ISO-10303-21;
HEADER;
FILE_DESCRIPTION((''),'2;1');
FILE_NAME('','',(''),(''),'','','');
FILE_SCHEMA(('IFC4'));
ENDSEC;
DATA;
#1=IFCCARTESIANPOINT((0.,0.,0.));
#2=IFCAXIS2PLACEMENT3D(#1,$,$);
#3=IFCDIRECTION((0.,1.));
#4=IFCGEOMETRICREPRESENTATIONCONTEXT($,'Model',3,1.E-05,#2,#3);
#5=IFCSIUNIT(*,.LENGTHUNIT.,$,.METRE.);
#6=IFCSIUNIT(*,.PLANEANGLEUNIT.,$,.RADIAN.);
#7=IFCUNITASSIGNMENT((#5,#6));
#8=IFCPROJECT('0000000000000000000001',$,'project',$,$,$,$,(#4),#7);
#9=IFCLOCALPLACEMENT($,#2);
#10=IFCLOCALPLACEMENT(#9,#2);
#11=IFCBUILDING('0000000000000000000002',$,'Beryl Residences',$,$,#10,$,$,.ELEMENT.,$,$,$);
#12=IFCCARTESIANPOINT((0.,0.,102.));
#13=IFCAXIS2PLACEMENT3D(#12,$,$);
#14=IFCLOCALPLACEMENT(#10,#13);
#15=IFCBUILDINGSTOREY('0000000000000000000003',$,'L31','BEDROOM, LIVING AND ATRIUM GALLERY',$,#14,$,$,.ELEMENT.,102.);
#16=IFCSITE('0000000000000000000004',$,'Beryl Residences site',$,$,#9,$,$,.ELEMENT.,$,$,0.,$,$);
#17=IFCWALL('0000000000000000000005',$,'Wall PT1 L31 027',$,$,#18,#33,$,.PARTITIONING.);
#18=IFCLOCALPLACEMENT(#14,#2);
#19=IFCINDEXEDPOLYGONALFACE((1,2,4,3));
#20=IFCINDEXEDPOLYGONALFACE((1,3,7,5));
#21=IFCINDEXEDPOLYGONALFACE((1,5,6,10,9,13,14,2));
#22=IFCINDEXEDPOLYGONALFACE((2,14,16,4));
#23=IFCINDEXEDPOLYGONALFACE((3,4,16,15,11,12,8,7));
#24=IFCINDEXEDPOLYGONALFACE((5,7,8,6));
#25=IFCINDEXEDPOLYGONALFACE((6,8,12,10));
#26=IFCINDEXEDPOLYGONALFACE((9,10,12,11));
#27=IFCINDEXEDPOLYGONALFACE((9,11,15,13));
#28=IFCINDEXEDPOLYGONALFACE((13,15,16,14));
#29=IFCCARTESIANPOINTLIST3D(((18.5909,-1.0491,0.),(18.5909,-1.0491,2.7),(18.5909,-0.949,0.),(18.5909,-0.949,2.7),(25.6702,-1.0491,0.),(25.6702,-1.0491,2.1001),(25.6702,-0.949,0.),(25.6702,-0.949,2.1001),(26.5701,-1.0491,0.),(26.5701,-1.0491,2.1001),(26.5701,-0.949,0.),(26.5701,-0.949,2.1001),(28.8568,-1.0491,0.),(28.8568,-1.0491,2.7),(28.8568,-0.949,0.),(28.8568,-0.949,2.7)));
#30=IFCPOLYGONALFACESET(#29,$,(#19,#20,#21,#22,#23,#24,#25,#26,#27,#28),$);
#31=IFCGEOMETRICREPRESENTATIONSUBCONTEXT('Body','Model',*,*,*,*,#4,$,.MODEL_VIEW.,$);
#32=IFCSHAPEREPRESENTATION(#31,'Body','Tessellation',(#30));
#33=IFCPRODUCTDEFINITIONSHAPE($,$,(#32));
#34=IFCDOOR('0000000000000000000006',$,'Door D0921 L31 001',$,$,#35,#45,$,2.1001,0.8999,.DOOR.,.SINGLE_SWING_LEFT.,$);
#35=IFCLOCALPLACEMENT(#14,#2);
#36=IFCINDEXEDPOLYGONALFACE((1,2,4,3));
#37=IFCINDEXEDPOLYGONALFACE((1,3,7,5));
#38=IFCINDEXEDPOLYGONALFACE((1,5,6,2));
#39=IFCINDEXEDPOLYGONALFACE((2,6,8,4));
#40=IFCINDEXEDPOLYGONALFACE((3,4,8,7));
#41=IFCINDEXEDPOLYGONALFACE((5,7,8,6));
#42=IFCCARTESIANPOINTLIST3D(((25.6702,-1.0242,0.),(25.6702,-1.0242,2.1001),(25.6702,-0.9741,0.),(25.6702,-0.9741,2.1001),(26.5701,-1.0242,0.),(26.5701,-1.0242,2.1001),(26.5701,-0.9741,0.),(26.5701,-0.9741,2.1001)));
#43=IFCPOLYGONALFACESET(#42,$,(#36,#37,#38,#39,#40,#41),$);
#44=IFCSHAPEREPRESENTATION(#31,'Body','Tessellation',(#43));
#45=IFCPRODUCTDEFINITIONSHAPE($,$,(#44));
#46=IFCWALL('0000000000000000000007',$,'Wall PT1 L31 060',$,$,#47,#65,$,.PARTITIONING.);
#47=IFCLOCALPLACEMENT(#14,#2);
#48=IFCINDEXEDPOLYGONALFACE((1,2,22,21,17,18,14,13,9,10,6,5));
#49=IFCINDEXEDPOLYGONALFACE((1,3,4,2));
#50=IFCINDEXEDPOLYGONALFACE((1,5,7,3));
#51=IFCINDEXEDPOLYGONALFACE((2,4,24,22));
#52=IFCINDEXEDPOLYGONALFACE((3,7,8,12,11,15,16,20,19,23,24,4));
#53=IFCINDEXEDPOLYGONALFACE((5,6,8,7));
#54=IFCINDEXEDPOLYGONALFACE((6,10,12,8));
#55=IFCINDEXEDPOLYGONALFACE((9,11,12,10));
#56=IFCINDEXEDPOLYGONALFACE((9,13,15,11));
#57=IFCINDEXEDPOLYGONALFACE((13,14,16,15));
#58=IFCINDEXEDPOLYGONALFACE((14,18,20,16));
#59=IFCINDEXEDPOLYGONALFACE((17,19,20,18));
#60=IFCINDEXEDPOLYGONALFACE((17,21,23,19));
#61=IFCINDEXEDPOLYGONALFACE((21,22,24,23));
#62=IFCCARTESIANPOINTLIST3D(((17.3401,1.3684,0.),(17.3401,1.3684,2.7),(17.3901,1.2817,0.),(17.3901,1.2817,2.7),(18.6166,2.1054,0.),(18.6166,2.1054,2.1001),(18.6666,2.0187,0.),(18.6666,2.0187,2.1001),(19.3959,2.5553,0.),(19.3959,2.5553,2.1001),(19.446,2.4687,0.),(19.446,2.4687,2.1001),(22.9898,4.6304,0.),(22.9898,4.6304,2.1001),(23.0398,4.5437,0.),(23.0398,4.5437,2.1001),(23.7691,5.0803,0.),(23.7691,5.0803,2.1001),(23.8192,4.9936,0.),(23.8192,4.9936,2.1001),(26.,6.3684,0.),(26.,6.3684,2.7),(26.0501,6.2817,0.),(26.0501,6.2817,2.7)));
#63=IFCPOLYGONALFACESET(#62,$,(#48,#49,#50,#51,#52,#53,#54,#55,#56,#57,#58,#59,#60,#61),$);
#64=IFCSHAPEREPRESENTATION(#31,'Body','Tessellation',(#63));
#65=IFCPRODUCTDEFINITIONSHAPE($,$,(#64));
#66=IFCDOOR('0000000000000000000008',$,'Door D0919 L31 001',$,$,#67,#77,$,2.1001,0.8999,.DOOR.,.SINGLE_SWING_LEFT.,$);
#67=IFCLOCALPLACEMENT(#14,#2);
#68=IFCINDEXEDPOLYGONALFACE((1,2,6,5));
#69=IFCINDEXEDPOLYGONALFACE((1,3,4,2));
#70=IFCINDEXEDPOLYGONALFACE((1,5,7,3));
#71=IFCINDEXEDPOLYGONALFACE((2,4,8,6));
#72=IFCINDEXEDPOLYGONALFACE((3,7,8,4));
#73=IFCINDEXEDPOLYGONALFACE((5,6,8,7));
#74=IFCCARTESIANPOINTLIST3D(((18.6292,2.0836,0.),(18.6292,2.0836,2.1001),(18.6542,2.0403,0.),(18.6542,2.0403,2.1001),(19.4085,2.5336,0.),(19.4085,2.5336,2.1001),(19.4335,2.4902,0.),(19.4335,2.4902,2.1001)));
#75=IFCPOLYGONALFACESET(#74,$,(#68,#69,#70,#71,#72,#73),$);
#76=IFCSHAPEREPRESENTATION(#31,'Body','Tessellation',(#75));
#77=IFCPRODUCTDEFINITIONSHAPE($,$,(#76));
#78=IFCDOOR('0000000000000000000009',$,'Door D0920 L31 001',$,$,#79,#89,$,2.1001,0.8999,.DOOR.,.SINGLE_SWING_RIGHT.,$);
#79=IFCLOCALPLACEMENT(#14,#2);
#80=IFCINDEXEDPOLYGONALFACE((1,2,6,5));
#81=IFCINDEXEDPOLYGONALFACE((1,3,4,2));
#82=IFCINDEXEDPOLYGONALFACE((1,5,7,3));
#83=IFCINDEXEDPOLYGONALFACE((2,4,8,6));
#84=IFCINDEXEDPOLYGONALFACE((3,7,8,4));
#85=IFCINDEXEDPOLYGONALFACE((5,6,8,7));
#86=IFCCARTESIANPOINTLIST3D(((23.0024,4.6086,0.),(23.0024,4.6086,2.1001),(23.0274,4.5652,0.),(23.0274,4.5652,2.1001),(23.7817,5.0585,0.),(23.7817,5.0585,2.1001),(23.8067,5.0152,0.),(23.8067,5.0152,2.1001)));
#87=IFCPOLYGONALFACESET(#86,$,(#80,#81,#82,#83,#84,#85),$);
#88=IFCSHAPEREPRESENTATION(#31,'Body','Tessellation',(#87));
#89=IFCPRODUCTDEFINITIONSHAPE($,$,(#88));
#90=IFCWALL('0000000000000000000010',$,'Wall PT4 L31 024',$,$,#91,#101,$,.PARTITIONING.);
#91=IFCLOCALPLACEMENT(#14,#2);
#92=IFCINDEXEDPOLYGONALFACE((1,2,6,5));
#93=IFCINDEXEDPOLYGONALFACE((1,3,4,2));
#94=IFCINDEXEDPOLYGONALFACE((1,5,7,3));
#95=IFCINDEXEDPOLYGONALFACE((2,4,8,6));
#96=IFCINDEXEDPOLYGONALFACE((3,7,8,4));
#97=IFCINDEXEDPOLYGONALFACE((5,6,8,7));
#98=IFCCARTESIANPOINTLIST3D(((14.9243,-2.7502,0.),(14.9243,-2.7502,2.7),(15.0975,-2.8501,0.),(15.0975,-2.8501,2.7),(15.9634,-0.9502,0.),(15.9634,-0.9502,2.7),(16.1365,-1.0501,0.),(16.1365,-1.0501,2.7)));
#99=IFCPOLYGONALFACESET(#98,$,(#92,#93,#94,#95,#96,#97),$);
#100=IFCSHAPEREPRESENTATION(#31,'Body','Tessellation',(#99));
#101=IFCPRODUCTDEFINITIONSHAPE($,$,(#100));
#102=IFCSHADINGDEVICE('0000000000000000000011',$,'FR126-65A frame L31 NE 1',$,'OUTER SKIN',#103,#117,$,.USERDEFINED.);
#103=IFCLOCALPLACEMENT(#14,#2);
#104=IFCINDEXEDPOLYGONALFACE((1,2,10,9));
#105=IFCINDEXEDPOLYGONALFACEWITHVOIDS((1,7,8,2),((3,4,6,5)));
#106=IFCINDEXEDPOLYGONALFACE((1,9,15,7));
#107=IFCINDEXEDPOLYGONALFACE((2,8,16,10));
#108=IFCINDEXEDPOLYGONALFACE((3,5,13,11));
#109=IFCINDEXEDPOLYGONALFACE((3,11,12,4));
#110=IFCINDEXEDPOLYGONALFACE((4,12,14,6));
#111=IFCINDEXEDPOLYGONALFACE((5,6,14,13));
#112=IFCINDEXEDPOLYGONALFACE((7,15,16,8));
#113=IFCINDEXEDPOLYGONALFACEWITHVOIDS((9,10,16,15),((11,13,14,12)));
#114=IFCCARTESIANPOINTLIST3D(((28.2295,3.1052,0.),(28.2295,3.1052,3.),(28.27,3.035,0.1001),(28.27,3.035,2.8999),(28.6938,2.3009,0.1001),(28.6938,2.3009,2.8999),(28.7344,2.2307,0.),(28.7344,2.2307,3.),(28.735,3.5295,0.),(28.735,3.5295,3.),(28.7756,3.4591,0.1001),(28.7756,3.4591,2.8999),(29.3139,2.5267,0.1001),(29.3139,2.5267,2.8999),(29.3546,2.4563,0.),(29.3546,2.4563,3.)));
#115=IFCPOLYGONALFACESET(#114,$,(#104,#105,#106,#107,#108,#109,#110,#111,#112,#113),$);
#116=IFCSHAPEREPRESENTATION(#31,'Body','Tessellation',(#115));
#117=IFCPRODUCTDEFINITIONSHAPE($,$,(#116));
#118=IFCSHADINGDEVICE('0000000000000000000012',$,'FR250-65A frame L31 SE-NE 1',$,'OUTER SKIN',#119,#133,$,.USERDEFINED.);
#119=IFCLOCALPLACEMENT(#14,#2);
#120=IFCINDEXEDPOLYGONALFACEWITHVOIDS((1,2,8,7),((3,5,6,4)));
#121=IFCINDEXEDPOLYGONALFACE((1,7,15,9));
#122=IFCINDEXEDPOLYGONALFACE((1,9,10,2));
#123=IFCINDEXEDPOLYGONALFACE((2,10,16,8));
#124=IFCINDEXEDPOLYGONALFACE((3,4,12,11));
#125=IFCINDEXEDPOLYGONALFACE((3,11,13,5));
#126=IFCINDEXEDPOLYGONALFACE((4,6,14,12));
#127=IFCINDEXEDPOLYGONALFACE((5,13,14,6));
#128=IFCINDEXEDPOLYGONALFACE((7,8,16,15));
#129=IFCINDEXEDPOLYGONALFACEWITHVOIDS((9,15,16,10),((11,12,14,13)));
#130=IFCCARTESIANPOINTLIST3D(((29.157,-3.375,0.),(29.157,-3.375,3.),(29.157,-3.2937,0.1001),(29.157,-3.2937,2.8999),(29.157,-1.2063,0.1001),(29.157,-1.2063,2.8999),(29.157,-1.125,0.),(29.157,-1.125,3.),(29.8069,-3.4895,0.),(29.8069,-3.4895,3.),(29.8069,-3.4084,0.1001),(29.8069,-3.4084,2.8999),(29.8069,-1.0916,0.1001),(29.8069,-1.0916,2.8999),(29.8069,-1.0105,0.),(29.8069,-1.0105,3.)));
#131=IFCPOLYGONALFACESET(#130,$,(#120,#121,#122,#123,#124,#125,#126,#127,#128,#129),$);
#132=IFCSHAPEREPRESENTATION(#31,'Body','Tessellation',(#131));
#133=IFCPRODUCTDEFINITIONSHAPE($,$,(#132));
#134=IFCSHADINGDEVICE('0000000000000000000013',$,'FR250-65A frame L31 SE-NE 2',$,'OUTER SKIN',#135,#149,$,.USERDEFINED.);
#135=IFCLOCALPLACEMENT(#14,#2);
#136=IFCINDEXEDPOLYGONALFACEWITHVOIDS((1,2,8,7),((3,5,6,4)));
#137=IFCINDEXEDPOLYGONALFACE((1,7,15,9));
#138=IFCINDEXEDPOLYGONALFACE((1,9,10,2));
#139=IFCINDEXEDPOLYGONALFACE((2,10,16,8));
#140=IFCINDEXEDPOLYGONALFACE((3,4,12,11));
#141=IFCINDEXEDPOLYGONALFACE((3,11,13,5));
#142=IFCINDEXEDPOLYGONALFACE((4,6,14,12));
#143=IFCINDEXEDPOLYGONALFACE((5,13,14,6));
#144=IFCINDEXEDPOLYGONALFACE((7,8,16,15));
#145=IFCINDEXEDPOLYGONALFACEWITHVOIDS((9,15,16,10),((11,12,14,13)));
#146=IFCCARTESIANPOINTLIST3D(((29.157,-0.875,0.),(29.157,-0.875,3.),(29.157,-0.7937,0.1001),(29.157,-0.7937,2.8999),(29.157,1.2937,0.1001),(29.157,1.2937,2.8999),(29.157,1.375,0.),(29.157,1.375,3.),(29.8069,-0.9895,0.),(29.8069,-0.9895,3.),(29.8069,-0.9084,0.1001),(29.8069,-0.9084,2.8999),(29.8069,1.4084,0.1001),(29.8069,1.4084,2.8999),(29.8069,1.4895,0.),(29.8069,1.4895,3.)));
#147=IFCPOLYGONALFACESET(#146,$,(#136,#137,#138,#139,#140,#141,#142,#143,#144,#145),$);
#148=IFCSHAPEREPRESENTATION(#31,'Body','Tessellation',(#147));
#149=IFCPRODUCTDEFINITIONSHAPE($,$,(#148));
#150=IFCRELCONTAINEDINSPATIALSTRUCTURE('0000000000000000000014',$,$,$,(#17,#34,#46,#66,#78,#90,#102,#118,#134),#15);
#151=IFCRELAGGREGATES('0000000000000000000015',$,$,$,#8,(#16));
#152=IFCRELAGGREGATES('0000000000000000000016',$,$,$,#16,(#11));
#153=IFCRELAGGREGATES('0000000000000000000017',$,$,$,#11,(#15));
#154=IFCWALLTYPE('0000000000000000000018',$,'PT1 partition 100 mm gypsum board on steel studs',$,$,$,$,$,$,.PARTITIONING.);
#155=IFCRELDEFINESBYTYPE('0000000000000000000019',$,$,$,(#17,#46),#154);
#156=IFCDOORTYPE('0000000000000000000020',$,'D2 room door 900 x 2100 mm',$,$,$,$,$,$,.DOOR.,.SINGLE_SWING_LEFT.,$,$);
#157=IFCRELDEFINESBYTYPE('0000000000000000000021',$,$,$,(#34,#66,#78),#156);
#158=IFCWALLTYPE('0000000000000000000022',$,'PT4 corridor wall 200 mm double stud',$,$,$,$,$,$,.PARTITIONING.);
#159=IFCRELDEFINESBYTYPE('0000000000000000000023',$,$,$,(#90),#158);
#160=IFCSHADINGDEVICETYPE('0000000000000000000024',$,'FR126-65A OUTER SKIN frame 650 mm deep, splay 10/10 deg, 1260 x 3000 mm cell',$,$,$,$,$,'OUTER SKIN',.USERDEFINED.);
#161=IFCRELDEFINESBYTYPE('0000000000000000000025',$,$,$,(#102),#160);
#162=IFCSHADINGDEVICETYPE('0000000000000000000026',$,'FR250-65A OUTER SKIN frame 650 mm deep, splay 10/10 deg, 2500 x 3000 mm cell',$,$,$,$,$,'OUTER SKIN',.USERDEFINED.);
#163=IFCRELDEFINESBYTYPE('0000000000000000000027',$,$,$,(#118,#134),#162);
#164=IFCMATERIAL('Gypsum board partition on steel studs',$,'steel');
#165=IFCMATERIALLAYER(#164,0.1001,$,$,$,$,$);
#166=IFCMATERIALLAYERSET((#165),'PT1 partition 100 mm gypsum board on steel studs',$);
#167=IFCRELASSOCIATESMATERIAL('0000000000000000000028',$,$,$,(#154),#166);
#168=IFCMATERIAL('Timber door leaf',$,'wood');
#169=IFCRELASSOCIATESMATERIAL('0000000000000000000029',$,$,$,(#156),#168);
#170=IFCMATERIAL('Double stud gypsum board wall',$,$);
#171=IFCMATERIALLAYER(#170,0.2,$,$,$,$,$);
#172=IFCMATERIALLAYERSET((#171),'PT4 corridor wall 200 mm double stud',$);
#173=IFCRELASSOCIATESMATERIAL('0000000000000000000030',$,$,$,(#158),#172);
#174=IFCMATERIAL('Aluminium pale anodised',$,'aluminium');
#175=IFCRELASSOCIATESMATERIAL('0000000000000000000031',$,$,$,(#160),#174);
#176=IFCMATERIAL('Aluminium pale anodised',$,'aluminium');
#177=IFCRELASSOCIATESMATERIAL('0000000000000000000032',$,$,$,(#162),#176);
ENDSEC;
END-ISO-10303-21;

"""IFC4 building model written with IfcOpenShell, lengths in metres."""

from ifc_helpers import new_model, entity, si_unit, direction, frame, frame_2d, origin, place, context, subcontext, project, spatial, rectangle, extrude, source, transform, mapped, material, layer, layer_set, type_object, type_shapes, element, fill, save


model = new_model("IFC4")

# Units and contexts
model_context = context("Model", 3, precision=1e-05, world=origin(), true_north=direction((0.0, 1.0)))
body_context = subcontext(model_context, "Body", "Model", "MODEL_VIEW")
ifc_project = project(units=[si_unit("LENGTHUNIT", "METRE"), si_unit("PLANEANGLEUNIT", "RADIAN")], contexts=[model_context])

# Site, building, storey
site_placement = place(None, origin())
site = spatial("IfcSite", under=ifc_project, at=site_placement, Name="Beryl Residences site", CompositionType="ELEMENT", RefElevation=0.0)
building_placement = place(site_placement, origin())
building = spatial("IfcBuilding", under=site, at=building_placement, Name="Beryl Residences", CompositionType="ELEMENT")
storey_placement = place(building_placement, frame((0.0, 0.0, 102.0)))
storey = spatial("IfcBuildingStorey", under=building, at=storey_placement, Name="L31", Description="BEDROOM, LIVING AND ATRIUM GALLERY", CompositionType="ELEMENT", Elevation=102.0)

# Wall, opening, door
ifc_material_1 = material(Name="Gypsum board partition on steel studs", Category="steel")
ifc_layer_1 = layer(ifc_material_1, 0.1001)
ifc_layer_set_1 = layer_set([ifc_layer_1], Name="PT1 partition 100 mm gypsum board on steel studs")
wall_type_1 = type_object("IfcWallType", Name="PT1 partition 100 mm gypsum board on steel studs", PredefinedType="PARTITIONING", material=ifc_layer_set_1)
wall_1_placement = place(storey_placement, frame((18.5911, -0.999, 0.0), z_axis=(0.0, 0.0, 1.0), x_axis=(1.0, 0.0, 0.0)))
wall_1 = element("IfcWall", 1, at=wall_1_placement, inside=storey, type_object=wall_type_1, Name="Wall PT1 L31 027", PredefinedType="PARTITIONING", context=body_context, shape_type="SweptSolid", body=[
    extrude(rectangle(XDim=10.2659, YDim=0.1001, at=frame_2d((5.1328, 0.0))), origin(), (0.0, 0.0, 1.0), 2.7),
])
opening_1_placement = place(wall_1_placement, frame((7.0791, 0.0, 0.0)))
opening_1 = element("IfcOpeningElement", 2, at=opening_1_placement, cuts=wall_1, PredefinedType="OPENING", context=body_context, shape_type="SweptSolid", body=[
    extrude(rectangle(XDim=0.8999, YDim=2.1001, at=frame_2d((0.45, 1.05))), frame((0.0, 0.0601, 0.0), z_axis=(0.0, -1.0, 0.0), x_axis=(1.0, 0.0, 0.0)), (0.0, 0.0, 1.0), 0.1201),
])
ifc_material_2 = material(Name="Timber door leaf", Category="wood")
door_type = type_object("IfcDoorType", Name="D2 room door 900 x 2100 mm", OperationType="SINGLE_SWING_LEFT", PredefinedType="DOOR", material=ifc_material_2)
door_1_placement = place(opening_1_placement, origin())
door_1 = element("IfcDoor", 3, at=door_1_placement, inside=storey, type_object=door_type, Name="Door D0921 L31 001", OperationType="SINGLE_SWING_LEFT", OverallHeight=2.1001, OverallWidth=0.8999, PredefinedType="DOOR", context=body_context, shape_type="SweptSolid", body=[
    extrude(rectangle(XDim=0.8999, YDim=2.1001, at=frame_2d((0.45, 1.05))), frame((0.0, 0.0249, 0.0), z_axis=(0.0, -1.0, 0.0), x_axis=(1.0, 0.0, 0.0)), (0.0, 0.0, 1.0), 0.05),
])
fill(opening_1, door_1)

# Wall, openings, doors
wall_2_placement = place(storey_placement, frame((17.365, 1.325, 0.0), z_axis=(0.0, 0.0, 1.0), x_axis=(0.866017, 0.500015, 0.0)))
wall_2 = element("IfcWall", 4, at=wall_2_placement, inside=storey, type_object=wall_type_1, Name="Wall PT1 L31 060", PredefinedType="PARTITIONING", context=body_context, shape_type="SweptSolid", body=[
    extrude(rectangle(XDim=9.9998, YDim=0.1001, at=frame_2d((5.0, 0.0))), origin(), (0.0, 0.0, 1.0), 2.7),
])
opening_2_placement = place(wall_2_placement, frame((1.4741, 0.0, 0.0)))
opening_2 = element("IfcOpeningElement", 5, at=opening_2_placement, cuts=wall_2, PredefinedType="OPENING", context=body_context, shape_type="SweptSolid", body=[
    extrude(rectangle(XDim=0.8999, YDim=2.1001, at=frame_2d((0.45, 1.05))), frame((0.0, 0.0601, 0.0), z_axis=(0.0, -1.0, 0.0), x_axis=(1.0, 0.0, 0.0)), (0.0, 0.0, 1.0), 0.1201),
])
opening_3_placement = place(wall_2_placement, frame((6.5239, 0.0, 0.0)))
opening_3 = element("IfcOpeningElement", 6, at=opening_3_placement, cuts=wall_2, PredefinedType="OPENING", context=body_context, shape_type="SweptSolid", body=[
    extrude(rectangle(XDim=0.8999, YDim=2.1001, at=frame_2d((0.45, 1.05))), frame((0.0, 0.0601, 0.0), z_axis=(0.0, -1.0, 0.0), x_axis=(1.0, 0.0, 0.0)), (0.0, 0.0, 1.0), 0.1201),
])
door_2_placement = place(opening_2_placement, origin())
door_2 = element("IfcDoor", 7, at=door_2_placement, inside=storey, type_object=door_type, Name="Door D0919 L31 001", OperationType="SINGLE_SWING_LEFT", OverallHeight=2.1001, OverallWidth=0.8999, PredefinedType="DOOR", context=body_context, shape_type="SweptSolid", body=[
    extrude(rectangle(XDim=0.8999, YDim=2.1001, at=frame_2d((0.45, 1.05))), frame((0.0, 0.0249, 0.0), z_axis=(0.0, -1.0, 0.0), x_axis=(1.0, 0.0, 0.0)), (0.0, 0.0, 1.0), 0.05),
])
fill(opening_2, door_2)
door_3_placement = place(opening_3_placement, origin())
door_3 = element("IfcDoor", 8, at=door_3_placement, inside=storey, type_object=door_type, Name="Door D0920 L31 001", OperationType="SINGLE_SWING_RIGHT", OverallHeight=2.1001, OverallWidth=0.8999, PredefinedType="DOOR", context=body_context, shape_type="SweptSolid", body=[
    extrude(rectangle(XDim=0.8999, YDim=2.1001, at=frame_2d((0.45, 1.05))), frame((0.0, 0.0249, 0.0), z_axis=(0.0, -1.0, 0.0), x_axis=(1.0, 0.0, 0.0)), (0.0, 0.0, 1.0), 0.05),
])
fill(opening_3, door_3)

# Wall
ifc_material_3 = material(Name="Double stud gypsum board wall")
ifc_layer_2 = layer(ifc_material_3, 0.2)
ifc_layer_set_2 = layer_set([ifc_layer_2], Name="PT4 corridor wall 200 mm double stud")
wall_type_2 = type_object("IfcWallType", Name="PT4 corridor wall 200 mm double stud", PredefinedType="PARTITIONING", material=ifc_layer_set_2)
wall_3_placement = place(storey_placement, frame((15.011, -2.8, 0.0), z_axis=(0.0, 0.0, 1.0), x_axis=(0.499929, 0.866066, 0.0)))
element("IfcWall", 9, at=wall_3_placement, inside=storey, type_object=wall_type_2, Name="Wall PT4 L31 024", PredefinedType="PARTITIONING", context=body_context, shape_type="SweptSolid", body=[
    extrude(rectangle(XDim=2.0784, YDim=0.2, at=frame_2d((1.0391, 0.0))), origin(), (0.0, 0.0, 1.0), 2.7),
])

# Shading devices
ifc_material_4 = material(Name="Aluminium pale anodised", Category="aluminium")
shading_device_type_1 = type_object("IfcShadingDeviceType", Name="FR126-65A OUTER SKIN frame 650 mm deep, splay 10/10 deg, 1260 x 3000 mm cell", ElementType="OUTER SKIN", PredefinedType="USERDEFINED", material=ifc_material_4)
cartesian_point_1 = entity("IfcCartesianPoint", [-0.5049, 0.0])
cartesian_point_2 = entity("IfcCartesianPoint", [-0.4238, 0.1001])
cartesian_point_3 = entity("IfcCartesianPoint", [-0.6196, 0.0])
cartesian_point_4 = entity("IfcCartesianPoint", [-0.5383, 0.1001])
shared_shape_1 = source(origin(), body_context, "Body", "SweptSolid", [
    entity("IfcExtrudedAreaSolidTapered", entity("IfcArbitraryProfileDefWithVoids", "AREA", None, entity("IfcPolyline", [cartesian_point_1, entity("IfcCartesianPoint", [0.5049, 0.0]), entity("IfcCartesianPoint", [0.5049, 3.0]), entity("IfcCartesianPoint", [-0.5049, 3.0]), cartesian_point_1]), [entity("IfcPolyline", [cartesian_point_2, entity("IfcCartesianPoint", [0.4238, 0.1001]), entity("IfcCartesianPoint", [0.4238, 2.8999]), entity("IfcCartesianPoint", [-0.4238, 2.8999]), cartesian_point_2])]), entity("IfcAxis2Placement3D", entity("IfcCartesianPoint", [0.0, 0.0, 0.0]), entity("IfcDirection", [0.0, 1.0, 0.0]), entity("IfcDirection", [-1.0, 0.0, 0.0])), entity("IfcDirection", [0.0, 0.0, 1.0]), 0.6499, entity("IfcArbitraryProfileDefWithVoids", "AREA", None, entity("IfcPolyline", [cartesian_point_3, entity("IfcCartesianPoint", [0.6196, 0.0]), entity("IfcCartesianPoint", [0.6196, 3.0]), entity("IfcCartesianPoint", [-0.6196, 3.0]), cartesian_point_3]), [entity("IfcPolyline", [cartesian_point_4, entity("IfcCartesianPoint", [0.5383, 0.1001]), entity("IfcCartesianPoint", [0.5383, 2.8999]), entity("IfcCartesianPoint", [-0.5383, 2.8999]), cartesian_point_4])])),
])
type_shapes(shading_device_type_1, [shared_shape_1])
shading_device_placement = place(storey_placement, frame((28.4819, 2.668, 0.0), z_axis=(0.0, 0.0, 1.0), x_axis=(0.5, -0.866025, 0.0)))
element("IfcShadingDevice", 10, at=shading_device_placement, inside=storey, type_object=shading_device_type_1, Name="FR126-65A frame L31 NE 1", ObjectType="OUTER SKIN", PredefinedType="USERDEFINED", context=body_context, shape_type="MappedRepresentation", body=[
    mapped(shared_shape_1, transform((0.0, 0.0, 0.0))),
])
ifc_material_5 = material(Name="Aluminium pale anodised", Category="aluminium")
shading_device_type_2 = type_object("IfcShadingDeviceType", Name="FR250-65A OUTER SKIN frame 650 mm deep, splay 10/10 deg, 2500 x 3000 mm cell", ElementType="OUTER SKIN", PredefinedType="USERDEFINED", material=ifc_material_5)
cartesian_point_5 = entity("IfcCartesianPoint", [-1.125, 0.0])
cartesian_point_6 = entity("IfcCartesianPoint", [-1.0437, 0.1001])
cartesian_point_7 = entity("IfcCartesianPoint", [-1.2395, 0.0])
cartesian_point_8 = entity("IfcCartesianPoint", [-1.1584, 0.1001])
shared_shape_2 = source(origin(), body_context, "Body", "SweptSolid", [
    entity("IfcExtrudedAreaSolidTapered", entity("IfcArbitraryProfileDefWithVoids", "AREA", None, entity("IfcPolyline", [cartesian_point_5, entity("IfcCartesianPoint", [1.125, 0.0]), entity("IfcCartesianPoint", [1.125, 3.0]), entity("IfcCartesianPoint", [-1.125, 3.0]), cartesian_point_5]), [entity("IfcPolyline", [cartesian_point_6, entity("IfcCartesianPoint", [1.0437, 0.1001]), entity("IfcCartesianPoint", [1.0437, 2.8999]), entity("IfcCartesianPoint", [-1.0437, 2.8999]), cartesian_point_6])]), entity("IfcAxis2Placement3D", entity("IfcCartesianPoint", [0.0, 0.0, 0.0]), entity("IfcDirection", [0.0, 1.0, 0.0]), entity("IfcDirection", [-1.0, 0.0, 0.0])), entity("IfcDirection", [0.0, 0.0, 1.0]), 0.6499, entity("IfcArbitraryProfileDefWithVoids", "AREA", None, entity("IfcPolyline", [cartesian_point_7, entity("IfcCartesianPoint", [1.2395, 0.0]), entity("IfcCartesianPoint", [1.2395, 3.0]), entity("IfcCartesianPoint", [-1.2395, 3.0]), cartesian_point_7]), [entity("IfcPolyline", [cartesian_point_8, entity("IfcCartesianPoint", [1.1584, 0.1001]), entity("IfcCartesianPoint", [1.1584, 2.8999]), entity("IfcCartesianPoint", [-1.1584, 2.8999]), cartesian_point_8])])),
])
type_shapes(shading_device_type_2, [shared_shape_2])
for number, where, z_axis, x_axis, name in (
    (11, (29.157, -2.25, 0.0), (0.0, 0.0, 1.0), (0.0, -1.0, 0.0), "FR250-65A frame L31 SE-NE 1"),
    (12, (29.157, 0.25, 0.0), (0.0, 0.0, 1.0), (0.0, -1.0, 0.0), "FR250-65A frame L31 SE-NE 2"),
):
    element("IfcShadingDevice", number, at=place(storey_placement, frame(where, z_axis=z_axis, x_axis=x_axis)), inside=storey, type_object=shading_device_type_2, Name=name, ObjectType="OUTER SKIN", PredefinedType="USERDEFINED", context=body_context, shape_type="MappedRepresentation", body=[
        mapped(shared_shape_2, transform((0.0, 0.0, 0.0))),
    ])

save(model, "model.ifc")
